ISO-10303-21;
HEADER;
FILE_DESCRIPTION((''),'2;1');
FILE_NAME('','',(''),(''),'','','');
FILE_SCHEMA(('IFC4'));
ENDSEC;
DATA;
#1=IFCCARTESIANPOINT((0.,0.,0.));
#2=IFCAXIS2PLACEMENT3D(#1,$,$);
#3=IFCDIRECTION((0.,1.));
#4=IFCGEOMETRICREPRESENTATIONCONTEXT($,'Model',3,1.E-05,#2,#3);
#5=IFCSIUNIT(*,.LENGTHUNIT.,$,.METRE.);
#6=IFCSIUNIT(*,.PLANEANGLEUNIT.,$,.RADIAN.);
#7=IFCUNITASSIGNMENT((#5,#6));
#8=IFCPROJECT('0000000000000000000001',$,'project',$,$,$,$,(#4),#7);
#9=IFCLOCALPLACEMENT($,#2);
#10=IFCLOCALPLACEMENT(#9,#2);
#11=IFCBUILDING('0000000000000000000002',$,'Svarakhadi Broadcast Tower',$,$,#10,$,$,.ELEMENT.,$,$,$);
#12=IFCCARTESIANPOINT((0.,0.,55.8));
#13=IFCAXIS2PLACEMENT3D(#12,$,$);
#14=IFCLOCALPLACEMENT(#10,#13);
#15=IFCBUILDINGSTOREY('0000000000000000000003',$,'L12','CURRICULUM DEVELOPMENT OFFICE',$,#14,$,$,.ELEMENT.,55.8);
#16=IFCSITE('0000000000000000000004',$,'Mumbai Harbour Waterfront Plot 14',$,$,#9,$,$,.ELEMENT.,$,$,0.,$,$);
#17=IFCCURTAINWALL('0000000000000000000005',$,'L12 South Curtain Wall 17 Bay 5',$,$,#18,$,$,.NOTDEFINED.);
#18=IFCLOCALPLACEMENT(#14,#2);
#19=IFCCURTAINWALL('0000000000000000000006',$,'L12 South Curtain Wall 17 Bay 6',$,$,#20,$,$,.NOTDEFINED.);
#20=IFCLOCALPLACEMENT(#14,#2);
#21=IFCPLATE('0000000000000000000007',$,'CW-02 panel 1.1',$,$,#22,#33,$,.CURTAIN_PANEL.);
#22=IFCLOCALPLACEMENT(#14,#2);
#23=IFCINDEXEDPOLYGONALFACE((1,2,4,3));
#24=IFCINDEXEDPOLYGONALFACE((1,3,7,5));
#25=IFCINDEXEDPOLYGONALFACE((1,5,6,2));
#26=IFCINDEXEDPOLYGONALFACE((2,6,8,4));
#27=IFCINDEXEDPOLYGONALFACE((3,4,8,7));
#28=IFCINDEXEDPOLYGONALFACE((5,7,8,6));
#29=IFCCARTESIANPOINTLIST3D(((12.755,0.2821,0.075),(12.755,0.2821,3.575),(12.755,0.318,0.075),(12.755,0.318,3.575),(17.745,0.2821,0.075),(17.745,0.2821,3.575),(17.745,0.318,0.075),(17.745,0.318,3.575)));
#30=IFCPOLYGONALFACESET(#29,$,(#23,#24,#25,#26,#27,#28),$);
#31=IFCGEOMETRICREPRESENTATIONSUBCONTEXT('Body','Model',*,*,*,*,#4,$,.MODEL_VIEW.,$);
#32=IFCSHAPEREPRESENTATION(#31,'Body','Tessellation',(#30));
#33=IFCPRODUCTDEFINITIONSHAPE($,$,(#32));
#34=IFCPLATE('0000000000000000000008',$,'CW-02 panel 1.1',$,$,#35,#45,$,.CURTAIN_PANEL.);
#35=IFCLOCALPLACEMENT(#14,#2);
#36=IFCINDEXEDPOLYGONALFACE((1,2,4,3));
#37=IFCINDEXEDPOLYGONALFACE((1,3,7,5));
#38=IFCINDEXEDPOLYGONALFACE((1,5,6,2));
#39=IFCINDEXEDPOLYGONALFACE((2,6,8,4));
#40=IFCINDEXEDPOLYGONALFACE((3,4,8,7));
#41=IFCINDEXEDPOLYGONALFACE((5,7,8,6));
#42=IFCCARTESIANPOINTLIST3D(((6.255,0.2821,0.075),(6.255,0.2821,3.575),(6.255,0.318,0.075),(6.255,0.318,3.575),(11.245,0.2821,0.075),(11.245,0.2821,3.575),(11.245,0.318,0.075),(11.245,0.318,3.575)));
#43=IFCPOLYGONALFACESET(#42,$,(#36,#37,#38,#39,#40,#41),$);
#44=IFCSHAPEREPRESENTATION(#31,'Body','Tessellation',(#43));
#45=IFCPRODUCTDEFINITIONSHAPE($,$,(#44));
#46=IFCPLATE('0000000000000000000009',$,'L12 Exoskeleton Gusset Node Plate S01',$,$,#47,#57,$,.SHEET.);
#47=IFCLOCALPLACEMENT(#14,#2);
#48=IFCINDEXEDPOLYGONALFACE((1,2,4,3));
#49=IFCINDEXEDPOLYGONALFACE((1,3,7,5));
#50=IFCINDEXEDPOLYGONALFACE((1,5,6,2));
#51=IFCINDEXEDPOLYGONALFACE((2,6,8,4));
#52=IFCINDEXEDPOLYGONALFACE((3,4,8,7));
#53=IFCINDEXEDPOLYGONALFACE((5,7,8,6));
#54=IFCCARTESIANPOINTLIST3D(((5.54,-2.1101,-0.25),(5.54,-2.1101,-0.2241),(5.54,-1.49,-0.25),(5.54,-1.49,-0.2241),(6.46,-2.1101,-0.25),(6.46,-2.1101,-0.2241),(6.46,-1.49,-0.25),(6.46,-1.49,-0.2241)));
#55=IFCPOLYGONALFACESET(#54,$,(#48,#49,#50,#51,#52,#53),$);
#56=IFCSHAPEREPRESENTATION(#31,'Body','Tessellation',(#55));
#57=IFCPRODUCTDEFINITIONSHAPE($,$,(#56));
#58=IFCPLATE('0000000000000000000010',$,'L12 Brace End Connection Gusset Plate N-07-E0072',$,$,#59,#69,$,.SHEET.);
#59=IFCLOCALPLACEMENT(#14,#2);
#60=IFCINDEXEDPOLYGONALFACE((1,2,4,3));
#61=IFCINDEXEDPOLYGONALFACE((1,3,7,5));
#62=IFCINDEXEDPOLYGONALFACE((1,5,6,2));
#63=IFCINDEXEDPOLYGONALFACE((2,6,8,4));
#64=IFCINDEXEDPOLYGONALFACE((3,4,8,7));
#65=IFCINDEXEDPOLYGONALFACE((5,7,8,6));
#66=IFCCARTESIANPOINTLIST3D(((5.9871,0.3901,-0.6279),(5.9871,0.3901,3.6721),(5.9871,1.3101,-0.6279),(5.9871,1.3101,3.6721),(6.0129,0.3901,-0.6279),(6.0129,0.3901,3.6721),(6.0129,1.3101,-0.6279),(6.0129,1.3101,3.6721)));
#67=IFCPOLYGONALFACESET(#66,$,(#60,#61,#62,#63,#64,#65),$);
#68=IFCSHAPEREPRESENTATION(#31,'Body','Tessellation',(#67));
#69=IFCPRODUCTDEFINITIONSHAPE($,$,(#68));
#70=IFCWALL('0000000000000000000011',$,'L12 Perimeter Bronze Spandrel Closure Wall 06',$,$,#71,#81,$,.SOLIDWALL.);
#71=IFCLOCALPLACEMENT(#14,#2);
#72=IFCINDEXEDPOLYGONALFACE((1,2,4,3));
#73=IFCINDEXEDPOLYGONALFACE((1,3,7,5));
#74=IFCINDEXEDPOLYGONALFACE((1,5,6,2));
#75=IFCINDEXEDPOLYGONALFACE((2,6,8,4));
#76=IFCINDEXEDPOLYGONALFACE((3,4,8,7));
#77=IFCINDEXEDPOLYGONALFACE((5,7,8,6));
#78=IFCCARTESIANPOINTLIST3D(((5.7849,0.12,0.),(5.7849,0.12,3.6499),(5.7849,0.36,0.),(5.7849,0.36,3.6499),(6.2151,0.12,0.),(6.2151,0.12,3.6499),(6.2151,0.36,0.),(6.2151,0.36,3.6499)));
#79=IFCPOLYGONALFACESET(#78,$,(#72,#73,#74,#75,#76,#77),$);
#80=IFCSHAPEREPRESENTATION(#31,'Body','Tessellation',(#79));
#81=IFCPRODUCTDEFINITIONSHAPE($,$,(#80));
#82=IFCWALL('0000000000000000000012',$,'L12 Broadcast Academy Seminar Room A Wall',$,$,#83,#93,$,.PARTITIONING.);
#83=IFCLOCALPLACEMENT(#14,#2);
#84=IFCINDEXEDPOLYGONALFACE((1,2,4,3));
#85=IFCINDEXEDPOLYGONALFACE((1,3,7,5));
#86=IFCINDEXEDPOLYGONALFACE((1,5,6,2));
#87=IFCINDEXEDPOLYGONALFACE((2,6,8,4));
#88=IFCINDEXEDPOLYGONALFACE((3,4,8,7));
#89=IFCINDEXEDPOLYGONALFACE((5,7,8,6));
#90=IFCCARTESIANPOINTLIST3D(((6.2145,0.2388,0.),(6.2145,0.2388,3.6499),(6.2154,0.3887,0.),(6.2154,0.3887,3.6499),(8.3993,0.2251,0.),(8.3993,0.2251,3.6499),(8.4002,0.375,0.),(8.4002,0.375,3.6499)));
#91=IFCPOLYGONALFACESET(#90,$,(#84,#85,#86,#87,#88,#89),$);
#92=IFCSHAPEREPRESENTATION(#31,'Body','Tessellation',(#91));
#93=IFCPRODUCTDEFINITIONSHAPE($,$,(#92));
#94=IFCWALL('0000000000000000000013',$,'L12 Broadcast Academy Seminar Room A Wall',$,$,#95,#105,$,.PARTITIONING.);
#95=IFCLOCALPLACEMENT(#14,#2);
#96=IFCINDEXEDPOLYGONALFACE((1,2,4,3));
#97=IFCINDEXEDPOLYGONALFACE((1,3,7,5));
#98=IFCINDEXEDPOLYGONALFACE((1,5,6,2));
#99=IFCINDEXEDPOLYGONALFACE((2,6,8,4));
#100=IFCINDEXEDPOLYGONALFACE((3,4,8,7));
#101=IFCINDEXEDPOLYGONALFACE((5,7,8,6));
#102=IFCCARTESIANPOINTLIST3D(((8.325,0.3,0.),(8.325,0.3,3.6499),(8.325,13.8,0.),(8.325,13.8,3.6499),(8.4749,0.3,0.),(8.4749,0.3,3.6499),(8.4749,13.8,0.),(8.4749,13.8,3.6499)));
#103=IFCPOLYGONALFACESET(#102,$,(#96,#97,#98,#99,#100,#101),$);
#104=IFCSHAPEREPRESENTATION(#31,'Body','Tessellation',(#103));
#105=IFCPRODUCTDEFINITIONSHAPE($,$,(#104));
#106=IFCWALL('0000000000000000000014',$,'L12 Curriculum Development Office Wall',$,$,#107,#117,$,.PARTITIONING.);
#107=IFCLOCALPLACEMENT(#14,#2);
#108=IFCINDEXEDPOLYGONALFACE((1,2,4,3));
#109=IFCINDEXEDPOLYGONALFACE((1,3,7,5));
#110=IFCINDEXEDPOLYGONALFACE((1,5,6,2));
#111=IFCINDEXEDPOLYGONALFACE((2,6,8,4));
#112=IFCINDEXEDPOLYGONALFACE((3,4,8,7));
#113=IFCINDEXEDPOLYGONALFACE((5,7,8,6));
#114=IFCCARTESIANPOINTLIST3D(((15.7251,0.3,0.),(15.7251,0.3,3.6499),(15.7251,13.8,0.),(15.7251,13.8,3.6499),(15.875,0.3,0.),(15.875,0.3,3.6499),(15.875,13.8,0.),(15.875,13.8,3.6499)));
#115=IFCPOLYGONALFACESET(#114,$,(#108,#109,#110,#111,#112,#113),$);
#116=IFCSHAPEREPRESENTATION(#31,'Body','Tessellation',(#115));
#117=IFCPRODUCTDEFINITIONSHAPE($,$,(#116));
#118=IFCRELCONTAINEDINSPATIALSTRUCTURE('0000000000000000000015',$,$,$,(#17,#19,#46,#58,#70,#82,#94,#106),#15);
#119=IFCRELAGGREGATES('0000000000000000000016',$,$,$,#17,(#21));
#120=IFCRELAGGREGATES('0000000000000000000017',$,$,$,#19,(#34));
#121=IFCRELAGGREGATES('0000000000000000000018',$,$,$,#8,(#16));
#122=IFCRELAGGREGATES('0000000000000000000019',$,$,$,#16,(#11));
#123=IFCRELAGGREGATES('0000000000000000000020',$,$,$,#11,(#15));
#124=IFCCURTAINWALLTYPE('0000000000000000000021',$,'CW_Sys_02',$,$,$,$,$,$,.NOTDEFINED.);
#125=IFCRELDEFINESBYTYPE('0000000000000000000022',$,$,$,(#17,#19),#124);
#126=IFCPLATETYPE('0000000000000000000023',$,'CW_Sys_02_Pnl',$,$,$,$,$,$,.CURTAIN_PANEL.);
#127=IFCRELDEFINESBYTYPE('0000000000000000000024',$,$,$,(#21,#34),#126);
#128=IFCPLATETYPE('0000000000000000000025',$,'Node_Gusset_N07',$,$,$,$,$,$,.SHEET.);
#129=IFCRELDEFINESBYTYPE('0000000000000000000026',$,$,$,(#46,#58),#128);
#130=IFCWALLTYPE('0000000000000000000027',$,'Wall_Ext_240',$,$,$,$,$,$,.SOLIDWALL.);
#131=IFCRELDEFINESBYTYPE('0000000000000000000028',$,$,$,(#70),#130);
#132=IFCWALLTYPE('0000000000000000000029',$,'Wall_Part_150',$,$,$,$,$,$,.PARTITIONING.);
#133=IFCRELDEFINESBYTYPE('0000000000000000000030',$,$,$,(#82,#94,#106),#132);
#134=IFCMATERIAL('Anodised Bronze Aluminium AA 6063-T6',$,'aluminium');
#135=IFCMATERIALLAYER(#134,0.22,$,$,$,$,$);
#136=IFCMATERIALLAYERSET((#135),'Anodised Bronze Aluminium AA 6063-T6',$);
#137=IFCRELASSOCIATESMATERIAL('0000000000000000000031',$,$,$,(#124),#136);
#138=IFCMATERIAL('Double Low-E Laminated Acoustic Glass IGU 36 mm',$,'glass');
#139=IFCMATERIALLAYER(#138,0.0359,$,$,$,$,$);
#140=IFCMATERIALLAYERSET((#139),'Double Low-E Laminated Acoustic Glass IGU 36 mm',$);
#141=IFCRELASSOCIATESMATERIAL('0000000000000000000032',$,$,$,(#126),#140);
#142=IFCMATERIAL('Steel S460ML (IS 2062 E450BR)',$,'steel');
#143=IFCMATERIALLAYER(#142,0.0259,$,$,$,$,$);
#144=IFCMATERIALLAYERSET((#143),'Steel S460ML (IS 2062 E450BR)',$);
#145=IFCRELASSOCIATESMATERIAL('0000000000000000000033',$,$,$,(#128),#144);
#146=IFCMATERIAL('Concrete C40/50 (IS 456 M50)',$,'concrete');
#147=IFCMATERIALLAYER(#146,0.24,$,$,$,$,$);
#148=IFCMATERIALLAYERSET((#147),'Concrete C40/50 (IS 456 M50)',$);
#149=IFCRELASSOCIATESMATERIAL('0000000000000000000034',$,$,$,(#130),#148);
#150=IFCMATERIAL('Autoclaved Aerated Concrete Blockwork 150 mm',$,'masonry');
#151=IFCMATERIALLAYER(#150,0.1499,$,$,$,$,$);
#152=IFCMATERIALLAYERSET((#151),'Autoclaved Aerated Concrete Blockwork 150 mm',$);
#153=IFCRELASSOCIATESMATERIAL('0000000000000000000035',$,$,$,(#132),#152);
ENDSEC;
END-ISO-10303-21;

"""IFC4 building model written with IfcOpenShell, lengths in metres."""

from ifc_helpers import new_model, si_unit, direction, frame, frame_2d, origin, origin_2d, place, context, subcontext, project, spatial, rectangle, extrude, material, layer, layer_set, type_object, element, aggregate, save


model = new_model("IFC4")

# Units and contexts
model_context = context("Model", 3, precision=1e-05, world=origin(), true_north=direction((0.0, 1.0)))
body_context = subcontext(model_context, "Body", "Model", "MODEL_VIEW")
ifc_project = project(units=[si_unit("LENGTHUNIT", "METRE"), si_unit("PLANEANGLEUNIT", "RADIAN")], contexts=[model_context])

# Site, building, storey
site_placement = place(None, origin())
site = spatial("IfcSite", under=ifc_project, at=site_placement, Name="Mumbai Harbour Waterfront Plot 14", CompositionType="ELEMENT", RefElevation=0.0)
building_placement = place(site_placement, origin())
building = spatial("IfcBuilding", under=site, at=building_placement, Name="Svarakhadi Broadcast Tower", CompositionType="ELEMENT")
storey_placement = place(building_placement, frame((0.0, 0.0, 55.8)))
storey = spatial("IfcBuildingStorey", under=building, at=storey_placement, Name="L12", Description="CURRICULUM DEVELOPMENT OFFICE", CompositionType="ELEMENT", Elevation=55.8)

# Shared definitions
ifc_material_1 = material(Name="Steel S460ML (IS 2062 E450BR)", Category="steel")

# Curtain walls
ifc_material_2 = material(Name="Anodised Bronze Aluminium AA 6063-T6", Category="aluminium")
ifc_layer_1 = layer(ifc_material_2, 0.22)
ifc_layer_set_1 = layer_set([ifc_layer_1], Name="Anodised Bronze Aluminium AA 6063-T6")
curtain_wall_type = type_object("IfcCurtainWallType", Name="CW_Sys_02", PredefinedType="NOTDEFINED", material=ifc_layer_set_1)
curtain_wall_1_placement = place(storey_placement, origin())
curtain_wall_1 = element("IfcCurtainWall", 1, at=curtain_wall_1_placement, inside=storey, type_object=curtain_wall_type, Name="L12 South Curtain Wall 17 Bay 5", PredefinedType="NOTDEFINED")
curtain_wall_2_placement = place(storey_placement, origin())
curtain_wall_2 = element("IfcCurtainWall", 2, at=curtain_wall_2_placement, inside=storey, type_object=curtain_wall_type, Name="L12 South Curtain Wall 17 Bay 6", PredefinedType="NOTDEFINED")

# Plates
ifc_material_3 = material(Name="Double Low-E Laminated Acoustic Glass IGU 36 mm", Category="glass")
ifc_layer_2 = layer(ifc_material_3, 0.0359)
ifc_layer_set_2 = layer_set([ifc_layer_2], Name="Double Low-E Laminated Acoustic Glass IGU 36 mm")
plate_type_1 = type_object("IfcPlateType", Name="CW_Sys_02_Pnl", PredefinedType="CURTAIN_PANEL", material=ifc_layer_set_2)
plate_1_placement = place(storey_placement, frame((15.25, 0.3, 0.075), z_axis=(0.0, 0.0, 1.0), x_axis=(-1.0, 0.0, 0.0)))
plate_1 = element("IfcPlate", 3, at=plate_1_placement, type_object=plate_type_1, Name="CW-02 panel 1.1", PredefinedType="CURTAIN_PANEL", context=body_context, shape_type="SweptSolid", body=[
    extrude(rectangle(XDim=4.99, YDim=0.0359, at=origin_2d()), origin(), (0.0, 0.0, 1.0), 3.5),
])
aggregate(curtain_wall_1, [plate_1])
plate_2_placement = place(storey_placement, frame((8.75, 0.3, 0.075), z_axis=(0.0, 0.0, 1.0), x_axis=(-1.0, 0.0, 0.0)))
plate_2 = element("IfcPlate", 4, at=plate_2_placement, type_object=plate_type_1, Name="CW-02 panel 1.1", PredefinedType="CURTAIN_PANEL", context=body_context, shape_type="SweptSolid", body=[
    extrude(rectangle(XDim=4.99, YDim=0.0359, at=origin_2d()), origin(), (0.0, 0.0, 1.0), 3.5),
])
aggregate(curtain_wall_2, [plate_2])

# Plates
ifc_layer_3 = layer(ifc_material_1, 0.0259)
ifc_layer_set_3 = layer_set([ifc_layer_3], Name="Steel S460ML (IS 2062 E450BR)")
plate_type_2 = type_object("IfcPlateType", Name="Node_Gusset_N07", PredefinedType="SHEET", material=ifc_layer_set_3)
plate_3_placement = place(storey_placement, frame((6.0, -1.8, -0.25), z_axis=(0.0, 0.0, 1.0), x_axis=(1.0, 0.0, 0.0)))
element("IfcPlate", 5, at=plate_3_placement, inside=storey, type_object=plate_type_2, Name="L12 Exoskeleton Gusset Node Plate S01", PredefinedType="SHEET", context=body_context, shape_type="SweptSolid", body=[
    extrude(rectangle(XDim=0.9199, YDim=0.6201, at=origin_2d()), origin(), (0.0, 0.0, 1.0), 0.0259),
])
plate_4_placement = place(storey_placement, frame((6.0, 0.8501, -0.6279), z_axis=(0.0, 0.0, 1.0), x_axis=(0.0, 1.0, 0.0)))
element("IfcPlate", 6, at=plate_4_placement, inside=storey, type_object=plate_type_2, Name="L12 Brace End Connection Gusset Plate N-07-E0072", PredefinedType="SHEET", context=body_context, shape_type="SweptSolid", body=[
    extrude(rectangle(XDim=0.9199, YDim=0.0259, at=origin_2d()), origin(), (0.0, 0.0, 1.0), 4.3),
])

# Walls
ifc_material_4 = material(Name="Concrete C40/50 (IS 456 M50)", Category="concrete")
ifc_layer_4 = layer(ifc_material_4, 0.24)
ifc_layer_set_4 = layer_set([ifc_layer_4], Name="Concrete C40/50 (IS 456 M50)")
wall_type_1 = type_object("IfcWallType", Name="Wall_Ext_240", PredefinedType="SOLIDWALL", material=ifc_layer_set_4)
wall_1_placement = place(storey_placement, frame((6.2151, 0.24, 0.0), z_axis=(0.0, 0.0, 1.0), x_axis=(-1.0, 0.0, 0.0)))
element("IfcWall", 7, at=wall_1_placement, inside=storey, type_object=wall_type_1, Name="L12 Perimeter Bronze Spandrel Closure Wall 06", PredefinedType="SOLIDWALL", context=body_context, shape_type="SweptSolid", body=[
    extrude(rectangle(XDim=0.4302, YDim=0.24, at=frame_2d((0.2151, 0.0))), origin(), (0.0, 0.0, 1.0), 3.6499),
])
ifc_material_5 = material(Name="Autoclaved Aerated Concrete Blockwork 150 mm", Category="masonry")
ifc_layer_5 = layer(ifc_material_5, 0.1499)
ifc_layer_set_5 = layer_set([ifc_layer_5], Name="Autoclaved Aerated Concrete Blockwork 150 mm")
wall_type_2 = type_object("IfcWallType", Name="Wall_Part_150", PredefinedType="PARTITIONING", material=ifc_layer_set_5)
wall_2_placement = place(storey_placement, frame((6.2151, 0.3137, 0.0), z_axis=(0.0, 0.0, 1.0), x_axis=(0.99998, -0.006258, 0.0)))
element("IfcWall", 8, at=wall_2_placement, inside=storey, type_object=wall_type_2, Name="L12 Broadcast Academy Seminar Room A Wall", PredefinedType="PARTITIONING", context=body_context, shape_type="SweptSolid", body=[
    extrude(rectangle(XDim=2.1848, YDim=0.1499, at=frame_2d((1.0923, 0.0))), origin(), (0.0, 0.0, 1.0), 3.6499),
])
for number, where, z_axis, x_axis, name in (
    (9, (8.3999, 0.3, 0.0), (0.0, 0.0, 1.0), (0.0, 1.0, 0.0), "L12 Broadcast Academy Seminar Room A Wall"),
    (10, (15.8, 0.3, 0.0), (0.0, 0.0, 1.0), (0.0, 1.0, 0.0), "L12 Curriculum Development Office Wall"),
):
    element("IfcWall", number, at=place(storey_placement, frame(where, z_axis=z_axis, x_axis=x_axis)), inside=storey, type_object=wall_type_2, Name=name, PredefinedType="PARTITIONING", context=body_context, shape_type="SweptSolid", body=[
        extrude(rectangle(XDim=13.5, YDim=0.1499, at=frame_2d((6.75, 0.0))), origin(), (0.0, 0.0, 1.0), 3.6499),
    ])

save(model, "model.ifc")
